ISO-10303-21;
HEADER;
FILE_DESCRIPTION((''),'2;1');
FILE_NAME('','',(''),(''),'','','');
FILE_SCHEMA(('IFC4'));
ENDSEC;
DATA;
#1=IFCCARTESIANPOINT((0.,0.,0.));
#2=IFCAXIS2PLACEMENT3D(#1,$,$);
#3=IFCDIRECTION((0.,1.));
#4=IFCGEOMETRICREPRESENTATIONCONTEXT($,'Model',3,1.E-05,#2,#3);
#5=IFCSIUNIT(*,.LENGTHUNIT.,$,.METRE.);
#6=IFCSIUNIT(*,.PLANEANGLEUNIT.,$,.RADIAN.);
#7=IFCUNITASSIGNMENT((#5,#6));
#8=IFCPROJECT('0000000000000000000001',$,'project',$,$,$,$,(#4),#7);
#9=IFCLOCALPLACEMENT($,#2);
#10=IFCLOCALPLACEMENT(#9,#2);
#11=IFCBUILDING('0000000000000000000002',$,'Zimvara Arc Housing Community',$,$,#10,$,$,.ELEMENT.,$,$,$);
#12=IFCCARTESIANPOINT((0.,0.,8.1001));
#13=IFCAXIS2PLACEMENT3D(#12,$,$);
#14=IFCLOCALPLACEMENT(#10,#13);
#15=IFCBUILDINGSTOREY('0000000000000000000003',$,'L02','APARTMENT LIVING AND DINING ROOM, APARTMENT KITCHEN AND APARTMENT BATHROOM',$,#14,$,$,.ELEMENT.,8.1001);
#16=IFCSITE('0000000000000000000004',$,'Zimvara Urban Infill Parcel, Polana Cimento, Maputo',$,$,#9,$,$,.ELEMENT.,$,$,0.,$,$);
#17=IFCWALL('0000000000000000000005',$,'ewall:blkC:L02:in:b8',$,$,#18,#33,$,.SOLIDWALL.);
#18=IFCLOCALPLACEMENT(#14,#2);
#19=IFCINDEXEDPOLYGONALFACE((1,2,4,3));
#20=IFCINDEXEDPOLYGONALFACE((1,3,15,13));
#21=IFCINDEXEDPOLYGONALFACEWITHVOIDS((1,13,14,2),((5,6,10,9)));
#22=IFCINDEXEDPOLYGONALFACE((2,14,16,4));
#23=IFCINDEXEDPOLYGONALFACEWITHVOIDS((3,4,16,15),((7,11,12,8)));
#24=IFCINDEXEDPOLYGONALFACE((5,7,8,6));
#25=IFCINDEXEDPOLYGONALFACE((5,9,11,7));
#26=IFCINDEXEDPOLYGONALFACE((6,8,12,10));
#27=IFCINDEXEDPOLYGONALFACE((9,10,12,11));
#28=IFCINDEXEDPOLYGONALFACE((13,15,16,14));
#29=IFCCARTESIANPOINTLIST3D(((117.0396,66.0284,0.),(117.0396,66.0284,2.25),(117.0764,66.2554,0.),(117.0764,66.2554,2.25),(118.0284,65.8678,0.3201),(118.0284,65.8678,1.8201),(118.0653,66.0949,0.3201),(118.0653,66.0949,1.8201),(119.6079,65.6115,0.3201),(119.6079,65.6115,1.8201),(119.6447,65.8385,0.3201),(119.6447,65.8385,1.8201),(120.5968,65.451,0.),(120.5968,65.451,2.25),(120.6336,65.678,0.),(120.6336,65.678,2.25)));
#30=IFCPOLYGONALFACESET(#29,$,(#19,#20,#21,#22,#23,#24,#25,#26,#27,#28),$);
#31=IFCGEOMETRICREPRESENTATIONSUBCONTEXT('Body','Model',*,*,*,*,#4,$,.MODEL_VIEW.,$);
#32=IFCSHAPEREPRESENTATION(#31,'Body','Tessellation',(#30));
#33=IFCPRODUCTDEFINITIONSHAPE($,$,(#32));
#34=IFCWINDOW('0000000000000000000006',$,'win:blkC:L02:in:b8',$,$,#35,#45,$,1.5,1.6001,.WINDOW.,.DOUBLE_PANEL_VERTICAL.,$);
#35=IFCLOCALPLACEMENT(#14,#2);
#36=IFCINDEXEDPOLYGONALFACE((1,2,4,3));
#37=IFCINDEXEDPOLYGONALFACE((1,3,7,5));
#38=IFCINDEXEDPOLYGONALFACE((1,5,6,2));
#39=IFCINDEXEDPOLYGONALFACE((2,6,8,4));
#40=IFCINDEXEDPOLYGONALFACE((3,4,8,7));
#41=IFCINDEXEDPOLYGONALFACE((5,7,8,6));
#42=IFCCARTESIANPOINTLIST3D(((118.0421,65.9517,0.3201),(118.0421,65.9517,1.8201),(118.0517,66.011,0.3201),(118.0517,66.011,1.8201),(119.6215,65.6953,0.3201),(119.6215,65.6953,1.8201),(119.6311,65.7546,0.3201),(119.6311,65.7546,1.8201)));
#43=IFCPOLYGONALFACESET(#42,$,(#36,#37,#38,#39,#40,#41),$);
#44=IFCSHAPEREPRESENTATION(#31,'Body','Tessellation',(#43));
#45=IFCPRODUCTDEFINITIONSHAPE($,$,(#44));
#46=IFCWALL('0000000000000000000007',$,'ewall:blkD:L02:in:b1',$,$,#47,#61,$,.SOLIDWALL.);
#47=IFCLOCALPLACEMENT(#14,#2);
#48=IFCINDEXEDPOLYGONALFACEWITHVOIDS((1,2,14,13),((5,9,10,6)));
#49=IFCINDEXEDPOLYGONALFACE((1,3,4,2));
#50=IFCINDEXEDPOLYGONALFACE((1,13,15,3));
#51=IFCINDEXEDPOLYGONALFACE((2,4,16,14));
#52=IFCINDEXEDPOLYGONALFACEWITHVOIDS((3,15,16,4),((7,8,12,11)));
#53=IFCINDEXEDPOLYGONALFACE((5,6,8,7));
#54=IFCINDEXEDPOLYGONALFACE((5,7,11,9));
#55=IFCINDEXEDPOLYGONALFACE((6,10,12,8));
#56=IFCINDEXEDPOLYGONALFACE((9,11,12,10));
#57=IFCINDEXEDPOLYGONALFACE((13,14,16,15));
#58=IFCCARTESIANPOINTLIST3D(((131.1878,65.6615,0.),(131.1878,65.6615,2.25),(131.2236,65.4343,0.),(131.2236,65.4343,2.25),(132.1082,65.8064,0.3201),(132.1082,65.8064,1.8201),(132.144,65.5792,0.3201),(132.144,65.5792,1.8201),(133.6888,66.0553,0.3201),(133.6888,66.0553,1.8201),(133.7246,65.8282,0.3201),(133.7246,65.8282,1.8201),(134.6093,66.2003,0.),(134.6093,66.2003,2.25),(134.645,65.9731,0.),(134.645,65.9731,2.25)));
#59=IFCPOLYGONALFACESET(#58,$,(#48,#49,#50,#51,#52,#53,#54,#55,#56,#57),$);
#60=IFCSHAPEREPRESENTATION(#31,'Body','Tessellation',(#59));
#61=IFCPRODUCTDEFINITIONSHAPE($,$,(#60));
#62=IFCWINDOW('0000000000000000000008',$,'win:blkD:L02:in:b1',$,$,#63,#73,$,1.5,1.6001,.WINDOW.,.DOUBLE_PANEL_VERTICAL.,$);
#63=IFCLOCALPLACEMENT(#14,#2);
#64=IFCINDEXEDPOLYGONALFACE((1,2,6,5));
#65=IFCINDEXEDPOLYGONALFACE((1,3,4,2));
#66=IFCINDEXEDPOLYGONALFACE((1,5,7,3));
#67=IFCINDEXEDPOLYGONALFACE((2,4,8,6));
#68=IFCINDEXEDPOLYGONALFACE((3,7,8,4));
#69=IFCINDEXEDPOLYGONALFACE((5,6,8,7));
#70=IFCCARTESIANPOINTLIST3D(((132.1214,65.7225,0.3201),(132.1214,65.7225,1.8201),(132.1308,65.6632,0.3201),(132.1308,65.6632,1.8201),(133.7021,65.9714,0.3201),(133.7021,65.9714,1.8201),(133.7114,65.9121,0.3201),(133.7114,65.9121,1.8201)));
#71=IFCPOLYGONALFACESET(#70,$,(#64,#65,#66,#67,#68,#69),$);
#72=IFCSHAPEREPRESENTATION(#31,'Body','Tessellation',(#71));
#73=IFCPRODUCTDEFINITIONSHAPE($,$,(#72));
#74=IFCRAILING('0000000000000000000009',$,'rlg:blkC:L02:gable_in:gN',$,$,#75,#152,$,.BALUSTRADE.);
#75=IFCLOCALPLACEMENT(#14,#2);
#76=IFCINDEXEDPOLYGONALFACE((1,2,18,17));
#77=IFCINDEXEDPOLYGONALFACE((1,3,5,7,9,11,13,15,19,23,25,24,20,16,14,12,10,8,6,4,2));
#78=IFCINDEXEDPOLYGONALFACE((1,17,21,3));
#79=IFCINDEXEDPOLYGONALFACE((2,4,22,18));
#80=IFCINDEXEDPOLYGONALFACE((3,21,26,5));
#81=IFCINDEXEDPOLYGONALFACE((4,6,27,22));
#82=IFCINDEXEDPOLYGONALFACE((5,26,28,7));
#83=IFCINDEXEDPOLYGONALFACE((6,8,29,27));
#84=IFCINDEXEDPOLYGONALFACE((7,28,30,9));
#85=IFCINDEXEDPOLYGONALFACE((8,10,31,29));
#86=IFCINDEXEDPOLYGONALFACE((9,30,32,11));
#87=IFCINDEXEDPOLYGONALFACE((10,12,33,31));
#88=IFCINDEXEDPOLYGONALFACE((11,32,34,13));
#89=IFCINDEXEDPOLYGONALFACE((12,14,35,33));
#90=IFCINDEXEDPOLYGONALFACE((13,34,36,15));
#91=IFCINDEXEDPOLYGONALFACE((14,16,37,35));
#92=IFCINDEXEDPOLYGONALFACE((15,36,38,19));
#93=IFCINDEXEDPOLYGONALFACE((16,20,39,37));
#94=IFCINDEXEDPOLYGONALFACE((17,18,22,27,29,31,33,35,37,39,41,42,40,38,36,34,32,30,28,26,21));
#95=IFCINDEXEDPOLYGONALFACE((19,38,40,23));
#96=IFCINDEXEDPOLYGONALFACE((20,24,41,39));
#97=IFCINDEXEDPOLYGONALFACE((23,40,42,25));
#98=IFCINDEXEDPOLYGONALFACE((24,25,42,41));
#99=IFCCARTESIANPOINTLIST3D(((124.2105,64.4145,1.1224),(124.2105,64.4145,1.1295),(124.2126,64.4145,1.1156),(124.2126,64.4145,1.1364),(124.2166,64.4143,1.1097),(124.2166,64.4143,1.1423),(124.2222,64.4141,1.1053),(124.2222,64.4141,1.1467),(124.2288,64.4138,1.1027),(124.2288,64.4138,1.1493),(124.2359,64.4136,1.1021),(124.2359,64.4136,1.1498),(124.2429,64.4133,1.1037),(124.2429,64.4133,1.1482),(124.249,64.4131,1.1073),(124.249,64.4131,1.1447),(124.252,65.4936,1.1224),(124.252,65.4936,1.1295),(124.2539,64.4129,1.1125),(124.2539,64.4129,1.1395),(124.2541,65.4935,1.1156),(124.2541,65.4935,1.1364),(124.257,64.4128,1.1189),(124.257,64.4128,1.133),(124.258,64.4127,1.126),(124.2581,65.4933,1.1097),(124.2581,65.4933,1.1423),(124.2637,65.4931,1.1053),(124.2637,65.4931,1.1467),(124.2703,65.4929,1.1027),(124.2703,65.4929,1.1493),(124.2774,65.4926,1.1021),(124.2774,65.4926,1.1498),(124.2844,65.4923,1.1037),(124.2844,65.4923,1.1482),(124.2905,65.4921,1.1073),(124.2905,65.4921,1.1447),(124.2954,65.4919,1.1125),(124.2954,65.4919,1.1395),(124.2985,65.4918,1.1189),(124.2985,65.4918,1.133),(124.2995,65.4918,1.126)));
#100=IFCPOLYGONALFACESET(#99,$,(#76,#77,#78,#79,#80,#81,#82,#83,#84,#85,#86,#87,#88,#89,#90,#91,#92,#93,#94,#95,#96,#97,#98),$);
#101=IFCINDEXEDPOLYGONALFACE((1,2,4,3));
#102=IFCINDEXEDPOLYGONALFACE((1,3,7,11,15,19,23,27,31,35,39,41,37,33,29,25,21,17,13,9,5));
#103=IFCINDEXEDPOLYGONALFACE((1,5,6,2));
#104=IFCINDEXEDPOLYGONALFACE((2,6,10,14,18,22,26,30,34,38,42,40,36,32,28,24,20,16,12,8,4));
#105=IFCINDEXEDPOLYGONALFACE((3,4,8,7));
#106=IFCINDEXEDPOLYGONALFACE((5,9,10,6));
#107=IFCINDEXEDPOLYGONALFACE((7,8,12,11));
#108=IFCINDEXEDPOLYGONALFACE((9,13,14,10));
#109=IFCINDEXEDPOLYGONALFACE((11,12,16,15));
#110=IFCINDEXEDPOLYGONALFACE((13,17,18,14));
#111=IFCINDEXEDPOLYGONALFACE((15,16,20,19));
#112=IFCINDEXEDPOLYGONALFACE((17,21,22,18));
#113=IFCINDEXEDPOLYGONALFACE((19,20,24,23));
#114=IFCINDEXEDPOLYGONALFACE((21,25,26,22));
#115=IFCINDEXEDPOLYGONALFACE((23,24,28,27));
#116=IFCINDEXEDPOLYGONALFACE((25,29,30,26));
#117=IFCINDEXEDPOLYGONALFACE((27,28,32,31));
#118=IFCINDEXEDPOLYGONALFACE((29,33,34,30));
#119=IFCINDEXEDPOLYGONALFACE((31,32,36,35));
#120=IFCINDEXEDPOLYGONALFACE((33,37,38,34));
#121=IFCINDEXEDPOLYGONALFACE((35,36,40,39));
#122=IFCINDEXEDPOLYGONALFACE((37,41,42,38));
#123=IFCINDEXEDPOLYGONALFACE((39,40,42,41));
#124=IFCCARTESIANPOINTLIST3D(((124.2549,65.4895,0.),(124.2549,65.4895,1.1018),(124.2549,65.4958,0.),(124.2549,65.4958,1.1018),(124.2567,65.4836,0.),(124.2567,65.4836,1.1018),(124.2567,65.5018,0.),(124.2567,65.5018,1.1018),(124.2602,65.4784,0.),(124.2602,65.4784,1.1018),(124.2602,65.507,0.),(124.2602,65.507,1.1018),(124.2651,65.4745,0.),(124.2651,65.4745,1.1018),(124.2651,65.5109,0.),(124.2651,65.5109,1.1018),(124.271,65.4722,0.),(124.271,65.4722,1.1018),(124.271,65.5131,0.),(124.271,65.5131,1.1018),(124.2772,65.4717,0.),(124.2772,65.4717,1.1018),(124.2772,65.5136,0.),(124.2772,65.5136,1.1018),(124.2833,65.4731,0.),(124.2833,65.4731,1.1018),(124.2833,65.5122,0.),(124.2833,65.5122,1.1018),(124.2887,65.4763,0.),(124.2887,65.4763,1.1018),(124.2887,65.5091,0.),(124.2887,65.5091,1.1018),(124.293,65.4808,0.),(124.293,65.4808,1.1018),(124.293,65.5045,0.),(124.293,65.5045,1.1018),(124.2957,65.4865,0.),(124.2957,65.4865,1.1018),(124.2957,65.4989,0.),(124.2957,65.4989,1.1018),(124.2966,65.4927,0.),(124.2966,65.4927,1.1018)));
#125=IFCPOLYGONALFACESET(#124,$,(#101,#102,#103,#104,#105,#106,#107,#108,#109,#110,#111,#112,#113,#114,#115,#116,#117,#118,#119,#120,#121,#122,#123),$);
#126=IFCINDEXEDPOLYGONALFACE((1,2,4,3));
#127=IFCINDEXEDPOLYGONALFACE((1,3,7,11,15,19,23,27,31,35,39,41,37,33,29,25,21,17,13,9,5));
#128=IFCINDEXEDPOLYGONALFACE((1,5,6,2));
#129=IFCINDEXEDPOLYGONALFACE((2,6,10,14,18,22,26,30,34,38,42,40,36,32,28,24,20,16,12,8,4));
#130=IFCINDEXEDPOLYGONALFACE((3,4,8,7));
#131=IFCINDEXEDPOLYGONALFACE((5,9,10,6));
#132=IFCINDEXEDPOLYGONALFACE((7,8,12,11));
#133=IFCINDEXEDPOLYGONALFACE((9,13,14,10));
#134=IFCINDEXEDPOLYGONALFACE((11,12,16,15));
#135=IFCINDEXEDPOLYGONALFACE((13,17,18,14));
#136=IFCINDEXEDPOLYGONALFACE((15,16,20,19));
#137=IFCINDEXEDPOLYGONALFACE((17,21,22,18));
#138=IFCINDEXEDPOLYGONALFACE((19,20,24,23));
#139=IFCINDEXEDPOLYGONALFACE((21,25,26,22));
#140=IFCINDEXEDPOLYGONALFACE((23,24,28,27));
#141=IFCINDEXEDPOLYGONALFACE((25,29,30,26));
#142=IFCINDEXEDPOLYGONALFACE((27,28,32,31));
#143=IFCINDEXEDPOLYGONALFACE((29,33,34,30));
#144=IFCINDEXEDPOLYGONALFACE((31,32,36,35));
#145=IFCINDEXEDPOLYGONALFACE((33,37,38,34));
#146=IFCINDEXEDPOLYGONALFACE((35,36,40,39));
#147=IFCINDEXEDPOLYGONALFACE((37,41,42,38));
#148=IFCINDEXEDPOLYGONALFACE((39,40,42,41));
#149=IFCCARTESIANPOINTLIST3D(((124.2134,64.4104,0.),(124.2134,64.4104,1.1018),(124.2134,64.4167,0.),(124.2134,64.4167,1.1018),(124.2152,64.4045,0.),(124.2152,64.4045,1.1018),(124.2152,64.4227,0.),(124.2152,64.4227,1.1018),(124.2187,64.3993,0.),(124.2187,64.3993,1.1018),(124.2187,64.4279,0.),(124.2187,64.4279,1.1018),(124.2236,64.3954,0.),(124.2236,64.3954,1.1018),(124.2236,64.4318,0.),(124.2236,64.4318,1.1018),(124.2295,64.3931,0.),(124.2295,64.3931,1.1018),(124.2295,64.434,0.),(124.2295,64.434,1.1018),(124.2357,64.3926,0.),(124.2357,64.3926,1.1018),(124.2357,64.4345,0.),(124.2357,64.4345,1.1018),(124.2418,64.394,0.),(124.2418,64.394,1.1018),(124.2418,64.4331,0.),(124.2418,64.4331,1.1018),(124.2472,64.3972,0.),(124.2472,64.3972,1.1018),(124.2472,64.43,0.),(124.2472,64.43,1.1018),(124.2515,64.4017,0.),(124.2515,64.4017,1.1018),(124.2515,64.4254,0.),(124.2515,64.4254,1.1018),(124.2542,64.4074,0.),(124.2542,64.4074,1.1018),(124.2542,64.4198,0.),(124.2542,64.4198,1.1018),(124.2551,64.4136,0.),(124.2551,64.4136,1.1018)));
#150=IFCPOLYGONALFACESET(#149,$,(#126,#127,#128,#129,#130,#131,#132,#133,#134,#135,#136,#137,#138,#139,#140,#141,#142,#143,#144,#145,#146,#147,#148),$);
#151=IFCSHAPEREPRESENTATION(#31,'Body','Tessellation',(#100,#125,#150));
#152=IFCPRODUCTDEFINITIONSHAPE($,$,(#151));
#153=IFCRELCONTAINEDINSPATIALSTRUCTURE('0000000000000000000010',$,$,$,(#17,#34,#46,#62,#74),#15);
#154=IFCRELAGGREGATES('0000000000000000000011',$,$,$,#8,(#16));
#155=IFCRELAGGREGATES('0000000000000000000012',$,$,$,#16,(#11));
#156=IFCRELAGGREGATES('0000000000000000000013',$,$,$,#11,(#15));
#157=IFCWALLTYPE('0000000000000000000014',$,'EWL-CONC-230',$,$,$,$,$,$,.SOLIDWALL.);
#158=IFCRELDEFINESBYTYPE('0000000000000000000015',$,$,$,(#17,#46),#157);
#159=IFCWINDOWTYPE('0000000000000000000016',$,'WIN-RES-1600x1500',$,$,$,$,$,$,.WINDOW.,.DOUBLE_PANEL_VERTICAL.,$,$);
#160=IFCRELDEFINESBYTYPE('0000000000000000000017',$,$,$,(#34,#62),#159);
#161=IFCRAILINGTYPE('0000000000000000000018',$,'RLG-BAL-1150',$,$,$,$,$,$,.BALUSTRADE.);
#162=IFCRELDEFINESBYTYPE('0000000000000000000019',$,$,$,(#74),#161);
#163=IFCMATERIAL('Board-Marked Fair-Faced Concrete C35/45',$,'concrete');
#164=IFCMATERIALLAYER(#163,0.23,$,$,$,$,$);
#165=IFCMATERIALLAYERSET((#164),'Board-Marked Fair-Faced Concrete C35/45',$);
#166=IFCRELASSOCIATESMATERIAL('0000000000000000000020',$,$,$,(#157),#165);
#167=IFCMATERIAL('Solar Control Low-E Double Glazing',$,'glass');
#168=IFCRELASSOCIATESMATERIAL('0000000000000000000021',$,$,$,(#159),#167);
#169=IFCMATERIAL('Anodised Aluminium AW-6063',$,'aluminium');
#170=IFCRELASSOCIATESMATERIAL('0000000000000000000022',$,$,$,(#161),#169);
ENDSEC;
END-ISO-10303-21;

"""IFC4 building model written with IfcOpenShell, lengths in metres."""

from ifc_helpers import new_model, si_unit, direction, frame, frame_2d, origin, origin_2d, place, context, subcontext, project, spatial, rectangle, circle, extrude, material, layer, layer_set, type_object, element, fill, save


model = new_model("IFC4")

# Units and contexts
model_context = context("Model", 3, precision=1e-05, world=origin(), true_north=direction((0.0, 1.0)))
body_context = subcontext(model_context, "Body", "Model", "MODEL_VIEW")
ifc_project = project(units=[si_unit("LENGTHUNIT", "METRE"), si_unit("PLANEANGLEUNIT", "RADIAN")], contexts=[model_context])

# Site, building, storey
site_placement = place(None, origin())
site = spatial("IfcSite", under=ifc_project, at=site_placement, Name="Zimvara Urban Infill Parcel, Polana Cimento, Maputo", CompositionType="ELEMENT", RefElevation=0.0)
building_placement = place(site_placement, origin())
building = spatial("IfcBuilding", under=site, at=building_placement, Name="Zimvara Arc Housing Community", CompositionType="ELEMENT")
storey_placement = place(building_placement, frame((0.0, 0.0, 8.1001)))
storey = spatial("IfcBuildingStorey", under=building, at=storey_placement, Name="L02", Description="APARTMENT LIVING AND DINING ROOM, APARTMENT KITCHEN AND APARTMENT BATHROOM", CompositionType="ELEMENT", Elevation=8.1001)

# Walls, openings, windows
ifc_material_1 = material(Name="Board-Marked Fair-Faced Concrete C35/45", Category="concrete")
ifc_layer_1 = layer(ifc_material_1, 0.23)
ifc_layer_set_1 = layer_set([ifc_layer_1], Name="Board-Marked Fair-Faced Concrete C35/45")
wall_type = type_object("IfcWallType", Name="EWL-CONC-230", PredefinedType="SOLIDWALL", material=ifc_layer_set_1)
wall_1_placement = place(storey_placement, frame((117.0581, 66.1418, 0.0), z_axis=(0.0, 0.0, 1.0), x_axis=(0.987081, -0.160223, 0.0)))
wall_1 = element("IfcWall", 1, at=wall_1_placement, inside=storey, type_object=wall_type, Name="ewall:blkC:L02:in:b8", PredefinedType="SOLIDWALL", context=body_context, shape_type="SweptSolid", body=[
    extrude(rectangle(XDim=3.6038, YDim=0.23, at=frame_2d((1.8018, 0.0))), origin(), (0.0, 0.0, 1.0), 2.25),
])
opening_1_placement = place(wall_1_placement, frame((1.0017, 0.0, 0.3201)))
opening_1 = element("IfcOpeningElement", 2, at=opening_1_placement, cuts=wall_1, PredefinedType="OPENING", context=body_context, shape_type="SweptSolid", body=[
    extrude(rectangle(XDim=1.6001, YDim=1.5, at=frame_2d((0.8, 0.75))), frame((0.0, 0.125, 0.0), z_axis=(0.0, -1.0, 0.0), x_axis=(1.0, 0.0, 0.0)), (0.0, 0.0, 1.0), 0.25),
])
ifc_material_2 = material(Name="Solar Control Low-E Double Glazing", Category="glass")
window_type = type_object("IfcWindowType", Name="WIN-RES-1600x1500", PartitioningType="DOUBLE_PANEL_VERTICAL", PredefinedType="WINDOW", material=ifc_material_2)
window_1_placement = place(opening_1_placement, origin())
window_1 = element("IfcWindow", 3, at=window_1_placement, inside=storey, type_object=window_type, Name="win:blkC:L02:in:b8", OverallHeight=1.5, OverallWidth=1.6001, PartitioningType="DOUBLE_PANEL_VERTICAL", PredefinedType="WINDOW", context=body_context, shape_type="SweptSolid", body=[
    extrude(rectangle(XDim=1.6001, YDim=1.5, at=frame_2d((0.8, 0.75))), frame((0.0, 0.03, 0.0), z_axis=(0.0, -1.0, 0.0), x_axis=(1.0, 0.0, 0.0)), (0.0, 0.0, 1.0), 0.0601),
])
fill(opening_1, window_1)
wall_2_placement = place(storey_placement, frame((131.2056, 65.5479, 0.0), z_axis=(0.0, 0.0, 1.0), x_axis=(0.987825, 0.155568, 0.0)))
wall_2 = element("IfcWall", 4, at=wall_2_placement, inside=storey, type_object=wall_type, Name="ewall:blkD:L02:in:b1", PredefinedType="SOLIDWALL", context=body_context, shape_type="SweptSolid", body=[
    extrude(rectangle(XDim=3.4636, YDim=0.23, at=frame_2d((1.7319, 0.0))), origin(), (0.0, 0.0, 1.0), 2.25),
])
opening_2_placement = place(wall_2_placement, frame((0.9319, 0.0, 0.3201)))
opening_2 = element("IfcOpeningElement", 5, at=opening_2_placement, cuts=wall_2, PredefinedType="OPENING", context=body_context, shape_type="SweptSolid", body=[
    extrude(rectangle(XDim=1.6001, YDim=1.5, at=frame_2d((0.8, 0.75))), frame((0.0, 0.125, 0.0), z_axis=(0.0, -1.0, 0.0), x_axis=(1.0, 0.0, 0.0)), (0.0, 0.0, 1.0), 0.25),
])
window_2_placement = place(opening_2_placement, origin())
window_2 = element("IfcWindow", 6, at=window_2_placement, inside=storey, type_object=window_type, Name="win:blkD:L02:in:b1", OverallHeight=1.5, OverallWidth=1.6001, PartitioningType="DOUBLE_PANEL_VERTICAL", PredefinedType="WINDOW", context=body_context, shape_type="SweptSolid", body=[
    extrude(rectangle(XDim=1.6001, YDim=1.5, at=frame_2d((0.8, 0.75))), frame((0.0, 0.03, 0.0), z_axis=(0.0, -1.0, 0.0), x_axis=(1.0, 0.0, 0.0)), (0.0, 0.0, 1.0), 0.0601),
])
fill(opening_2, window_2)

# Railing
ifc_material_3 = material(Name="Anodised Aluminium AW-6063", Category="aluminium")
railing_type = type_object("IfcRailingType", Name="RLG-BAL-1150", PredefinedType="BALUSTRADE", material=ifc_material_3)
railing_1_placement = place(storey_placement, frame((124.2756, 65.4927, 0.0)))
element("IfcRailing", 7, at=railing_1_placement, inside=storey, type_object=railing_type, Name="rlg:blkC:L02:gable_in:gN", PredefinedType="BALUSTRADE", context=body_context, shape_type="SweptSolid", body=[
    extrude(circle(Radius=0.0239, at=origin_2d()), frame((0.0, 0.0, 1.126), z_axis=(-0.038433, -0.999261, 0.0), x_axis=(0.999261, -0.038433, 0.0)), (0.0, 0.0, 1.0), 1.0798),
    extrude(circle(Radius=0.021, at=origin_2d()), origin(), (0.0, 0.0, 1.0), 1.1018),
    extrude(circle(Radius=0.021, at=origin_2d()), frame((-0.0415, -1.0791, 0.0)), (0.0, 0.0, 1.0), 1.1018),
])

save(model, "model.ifc")
